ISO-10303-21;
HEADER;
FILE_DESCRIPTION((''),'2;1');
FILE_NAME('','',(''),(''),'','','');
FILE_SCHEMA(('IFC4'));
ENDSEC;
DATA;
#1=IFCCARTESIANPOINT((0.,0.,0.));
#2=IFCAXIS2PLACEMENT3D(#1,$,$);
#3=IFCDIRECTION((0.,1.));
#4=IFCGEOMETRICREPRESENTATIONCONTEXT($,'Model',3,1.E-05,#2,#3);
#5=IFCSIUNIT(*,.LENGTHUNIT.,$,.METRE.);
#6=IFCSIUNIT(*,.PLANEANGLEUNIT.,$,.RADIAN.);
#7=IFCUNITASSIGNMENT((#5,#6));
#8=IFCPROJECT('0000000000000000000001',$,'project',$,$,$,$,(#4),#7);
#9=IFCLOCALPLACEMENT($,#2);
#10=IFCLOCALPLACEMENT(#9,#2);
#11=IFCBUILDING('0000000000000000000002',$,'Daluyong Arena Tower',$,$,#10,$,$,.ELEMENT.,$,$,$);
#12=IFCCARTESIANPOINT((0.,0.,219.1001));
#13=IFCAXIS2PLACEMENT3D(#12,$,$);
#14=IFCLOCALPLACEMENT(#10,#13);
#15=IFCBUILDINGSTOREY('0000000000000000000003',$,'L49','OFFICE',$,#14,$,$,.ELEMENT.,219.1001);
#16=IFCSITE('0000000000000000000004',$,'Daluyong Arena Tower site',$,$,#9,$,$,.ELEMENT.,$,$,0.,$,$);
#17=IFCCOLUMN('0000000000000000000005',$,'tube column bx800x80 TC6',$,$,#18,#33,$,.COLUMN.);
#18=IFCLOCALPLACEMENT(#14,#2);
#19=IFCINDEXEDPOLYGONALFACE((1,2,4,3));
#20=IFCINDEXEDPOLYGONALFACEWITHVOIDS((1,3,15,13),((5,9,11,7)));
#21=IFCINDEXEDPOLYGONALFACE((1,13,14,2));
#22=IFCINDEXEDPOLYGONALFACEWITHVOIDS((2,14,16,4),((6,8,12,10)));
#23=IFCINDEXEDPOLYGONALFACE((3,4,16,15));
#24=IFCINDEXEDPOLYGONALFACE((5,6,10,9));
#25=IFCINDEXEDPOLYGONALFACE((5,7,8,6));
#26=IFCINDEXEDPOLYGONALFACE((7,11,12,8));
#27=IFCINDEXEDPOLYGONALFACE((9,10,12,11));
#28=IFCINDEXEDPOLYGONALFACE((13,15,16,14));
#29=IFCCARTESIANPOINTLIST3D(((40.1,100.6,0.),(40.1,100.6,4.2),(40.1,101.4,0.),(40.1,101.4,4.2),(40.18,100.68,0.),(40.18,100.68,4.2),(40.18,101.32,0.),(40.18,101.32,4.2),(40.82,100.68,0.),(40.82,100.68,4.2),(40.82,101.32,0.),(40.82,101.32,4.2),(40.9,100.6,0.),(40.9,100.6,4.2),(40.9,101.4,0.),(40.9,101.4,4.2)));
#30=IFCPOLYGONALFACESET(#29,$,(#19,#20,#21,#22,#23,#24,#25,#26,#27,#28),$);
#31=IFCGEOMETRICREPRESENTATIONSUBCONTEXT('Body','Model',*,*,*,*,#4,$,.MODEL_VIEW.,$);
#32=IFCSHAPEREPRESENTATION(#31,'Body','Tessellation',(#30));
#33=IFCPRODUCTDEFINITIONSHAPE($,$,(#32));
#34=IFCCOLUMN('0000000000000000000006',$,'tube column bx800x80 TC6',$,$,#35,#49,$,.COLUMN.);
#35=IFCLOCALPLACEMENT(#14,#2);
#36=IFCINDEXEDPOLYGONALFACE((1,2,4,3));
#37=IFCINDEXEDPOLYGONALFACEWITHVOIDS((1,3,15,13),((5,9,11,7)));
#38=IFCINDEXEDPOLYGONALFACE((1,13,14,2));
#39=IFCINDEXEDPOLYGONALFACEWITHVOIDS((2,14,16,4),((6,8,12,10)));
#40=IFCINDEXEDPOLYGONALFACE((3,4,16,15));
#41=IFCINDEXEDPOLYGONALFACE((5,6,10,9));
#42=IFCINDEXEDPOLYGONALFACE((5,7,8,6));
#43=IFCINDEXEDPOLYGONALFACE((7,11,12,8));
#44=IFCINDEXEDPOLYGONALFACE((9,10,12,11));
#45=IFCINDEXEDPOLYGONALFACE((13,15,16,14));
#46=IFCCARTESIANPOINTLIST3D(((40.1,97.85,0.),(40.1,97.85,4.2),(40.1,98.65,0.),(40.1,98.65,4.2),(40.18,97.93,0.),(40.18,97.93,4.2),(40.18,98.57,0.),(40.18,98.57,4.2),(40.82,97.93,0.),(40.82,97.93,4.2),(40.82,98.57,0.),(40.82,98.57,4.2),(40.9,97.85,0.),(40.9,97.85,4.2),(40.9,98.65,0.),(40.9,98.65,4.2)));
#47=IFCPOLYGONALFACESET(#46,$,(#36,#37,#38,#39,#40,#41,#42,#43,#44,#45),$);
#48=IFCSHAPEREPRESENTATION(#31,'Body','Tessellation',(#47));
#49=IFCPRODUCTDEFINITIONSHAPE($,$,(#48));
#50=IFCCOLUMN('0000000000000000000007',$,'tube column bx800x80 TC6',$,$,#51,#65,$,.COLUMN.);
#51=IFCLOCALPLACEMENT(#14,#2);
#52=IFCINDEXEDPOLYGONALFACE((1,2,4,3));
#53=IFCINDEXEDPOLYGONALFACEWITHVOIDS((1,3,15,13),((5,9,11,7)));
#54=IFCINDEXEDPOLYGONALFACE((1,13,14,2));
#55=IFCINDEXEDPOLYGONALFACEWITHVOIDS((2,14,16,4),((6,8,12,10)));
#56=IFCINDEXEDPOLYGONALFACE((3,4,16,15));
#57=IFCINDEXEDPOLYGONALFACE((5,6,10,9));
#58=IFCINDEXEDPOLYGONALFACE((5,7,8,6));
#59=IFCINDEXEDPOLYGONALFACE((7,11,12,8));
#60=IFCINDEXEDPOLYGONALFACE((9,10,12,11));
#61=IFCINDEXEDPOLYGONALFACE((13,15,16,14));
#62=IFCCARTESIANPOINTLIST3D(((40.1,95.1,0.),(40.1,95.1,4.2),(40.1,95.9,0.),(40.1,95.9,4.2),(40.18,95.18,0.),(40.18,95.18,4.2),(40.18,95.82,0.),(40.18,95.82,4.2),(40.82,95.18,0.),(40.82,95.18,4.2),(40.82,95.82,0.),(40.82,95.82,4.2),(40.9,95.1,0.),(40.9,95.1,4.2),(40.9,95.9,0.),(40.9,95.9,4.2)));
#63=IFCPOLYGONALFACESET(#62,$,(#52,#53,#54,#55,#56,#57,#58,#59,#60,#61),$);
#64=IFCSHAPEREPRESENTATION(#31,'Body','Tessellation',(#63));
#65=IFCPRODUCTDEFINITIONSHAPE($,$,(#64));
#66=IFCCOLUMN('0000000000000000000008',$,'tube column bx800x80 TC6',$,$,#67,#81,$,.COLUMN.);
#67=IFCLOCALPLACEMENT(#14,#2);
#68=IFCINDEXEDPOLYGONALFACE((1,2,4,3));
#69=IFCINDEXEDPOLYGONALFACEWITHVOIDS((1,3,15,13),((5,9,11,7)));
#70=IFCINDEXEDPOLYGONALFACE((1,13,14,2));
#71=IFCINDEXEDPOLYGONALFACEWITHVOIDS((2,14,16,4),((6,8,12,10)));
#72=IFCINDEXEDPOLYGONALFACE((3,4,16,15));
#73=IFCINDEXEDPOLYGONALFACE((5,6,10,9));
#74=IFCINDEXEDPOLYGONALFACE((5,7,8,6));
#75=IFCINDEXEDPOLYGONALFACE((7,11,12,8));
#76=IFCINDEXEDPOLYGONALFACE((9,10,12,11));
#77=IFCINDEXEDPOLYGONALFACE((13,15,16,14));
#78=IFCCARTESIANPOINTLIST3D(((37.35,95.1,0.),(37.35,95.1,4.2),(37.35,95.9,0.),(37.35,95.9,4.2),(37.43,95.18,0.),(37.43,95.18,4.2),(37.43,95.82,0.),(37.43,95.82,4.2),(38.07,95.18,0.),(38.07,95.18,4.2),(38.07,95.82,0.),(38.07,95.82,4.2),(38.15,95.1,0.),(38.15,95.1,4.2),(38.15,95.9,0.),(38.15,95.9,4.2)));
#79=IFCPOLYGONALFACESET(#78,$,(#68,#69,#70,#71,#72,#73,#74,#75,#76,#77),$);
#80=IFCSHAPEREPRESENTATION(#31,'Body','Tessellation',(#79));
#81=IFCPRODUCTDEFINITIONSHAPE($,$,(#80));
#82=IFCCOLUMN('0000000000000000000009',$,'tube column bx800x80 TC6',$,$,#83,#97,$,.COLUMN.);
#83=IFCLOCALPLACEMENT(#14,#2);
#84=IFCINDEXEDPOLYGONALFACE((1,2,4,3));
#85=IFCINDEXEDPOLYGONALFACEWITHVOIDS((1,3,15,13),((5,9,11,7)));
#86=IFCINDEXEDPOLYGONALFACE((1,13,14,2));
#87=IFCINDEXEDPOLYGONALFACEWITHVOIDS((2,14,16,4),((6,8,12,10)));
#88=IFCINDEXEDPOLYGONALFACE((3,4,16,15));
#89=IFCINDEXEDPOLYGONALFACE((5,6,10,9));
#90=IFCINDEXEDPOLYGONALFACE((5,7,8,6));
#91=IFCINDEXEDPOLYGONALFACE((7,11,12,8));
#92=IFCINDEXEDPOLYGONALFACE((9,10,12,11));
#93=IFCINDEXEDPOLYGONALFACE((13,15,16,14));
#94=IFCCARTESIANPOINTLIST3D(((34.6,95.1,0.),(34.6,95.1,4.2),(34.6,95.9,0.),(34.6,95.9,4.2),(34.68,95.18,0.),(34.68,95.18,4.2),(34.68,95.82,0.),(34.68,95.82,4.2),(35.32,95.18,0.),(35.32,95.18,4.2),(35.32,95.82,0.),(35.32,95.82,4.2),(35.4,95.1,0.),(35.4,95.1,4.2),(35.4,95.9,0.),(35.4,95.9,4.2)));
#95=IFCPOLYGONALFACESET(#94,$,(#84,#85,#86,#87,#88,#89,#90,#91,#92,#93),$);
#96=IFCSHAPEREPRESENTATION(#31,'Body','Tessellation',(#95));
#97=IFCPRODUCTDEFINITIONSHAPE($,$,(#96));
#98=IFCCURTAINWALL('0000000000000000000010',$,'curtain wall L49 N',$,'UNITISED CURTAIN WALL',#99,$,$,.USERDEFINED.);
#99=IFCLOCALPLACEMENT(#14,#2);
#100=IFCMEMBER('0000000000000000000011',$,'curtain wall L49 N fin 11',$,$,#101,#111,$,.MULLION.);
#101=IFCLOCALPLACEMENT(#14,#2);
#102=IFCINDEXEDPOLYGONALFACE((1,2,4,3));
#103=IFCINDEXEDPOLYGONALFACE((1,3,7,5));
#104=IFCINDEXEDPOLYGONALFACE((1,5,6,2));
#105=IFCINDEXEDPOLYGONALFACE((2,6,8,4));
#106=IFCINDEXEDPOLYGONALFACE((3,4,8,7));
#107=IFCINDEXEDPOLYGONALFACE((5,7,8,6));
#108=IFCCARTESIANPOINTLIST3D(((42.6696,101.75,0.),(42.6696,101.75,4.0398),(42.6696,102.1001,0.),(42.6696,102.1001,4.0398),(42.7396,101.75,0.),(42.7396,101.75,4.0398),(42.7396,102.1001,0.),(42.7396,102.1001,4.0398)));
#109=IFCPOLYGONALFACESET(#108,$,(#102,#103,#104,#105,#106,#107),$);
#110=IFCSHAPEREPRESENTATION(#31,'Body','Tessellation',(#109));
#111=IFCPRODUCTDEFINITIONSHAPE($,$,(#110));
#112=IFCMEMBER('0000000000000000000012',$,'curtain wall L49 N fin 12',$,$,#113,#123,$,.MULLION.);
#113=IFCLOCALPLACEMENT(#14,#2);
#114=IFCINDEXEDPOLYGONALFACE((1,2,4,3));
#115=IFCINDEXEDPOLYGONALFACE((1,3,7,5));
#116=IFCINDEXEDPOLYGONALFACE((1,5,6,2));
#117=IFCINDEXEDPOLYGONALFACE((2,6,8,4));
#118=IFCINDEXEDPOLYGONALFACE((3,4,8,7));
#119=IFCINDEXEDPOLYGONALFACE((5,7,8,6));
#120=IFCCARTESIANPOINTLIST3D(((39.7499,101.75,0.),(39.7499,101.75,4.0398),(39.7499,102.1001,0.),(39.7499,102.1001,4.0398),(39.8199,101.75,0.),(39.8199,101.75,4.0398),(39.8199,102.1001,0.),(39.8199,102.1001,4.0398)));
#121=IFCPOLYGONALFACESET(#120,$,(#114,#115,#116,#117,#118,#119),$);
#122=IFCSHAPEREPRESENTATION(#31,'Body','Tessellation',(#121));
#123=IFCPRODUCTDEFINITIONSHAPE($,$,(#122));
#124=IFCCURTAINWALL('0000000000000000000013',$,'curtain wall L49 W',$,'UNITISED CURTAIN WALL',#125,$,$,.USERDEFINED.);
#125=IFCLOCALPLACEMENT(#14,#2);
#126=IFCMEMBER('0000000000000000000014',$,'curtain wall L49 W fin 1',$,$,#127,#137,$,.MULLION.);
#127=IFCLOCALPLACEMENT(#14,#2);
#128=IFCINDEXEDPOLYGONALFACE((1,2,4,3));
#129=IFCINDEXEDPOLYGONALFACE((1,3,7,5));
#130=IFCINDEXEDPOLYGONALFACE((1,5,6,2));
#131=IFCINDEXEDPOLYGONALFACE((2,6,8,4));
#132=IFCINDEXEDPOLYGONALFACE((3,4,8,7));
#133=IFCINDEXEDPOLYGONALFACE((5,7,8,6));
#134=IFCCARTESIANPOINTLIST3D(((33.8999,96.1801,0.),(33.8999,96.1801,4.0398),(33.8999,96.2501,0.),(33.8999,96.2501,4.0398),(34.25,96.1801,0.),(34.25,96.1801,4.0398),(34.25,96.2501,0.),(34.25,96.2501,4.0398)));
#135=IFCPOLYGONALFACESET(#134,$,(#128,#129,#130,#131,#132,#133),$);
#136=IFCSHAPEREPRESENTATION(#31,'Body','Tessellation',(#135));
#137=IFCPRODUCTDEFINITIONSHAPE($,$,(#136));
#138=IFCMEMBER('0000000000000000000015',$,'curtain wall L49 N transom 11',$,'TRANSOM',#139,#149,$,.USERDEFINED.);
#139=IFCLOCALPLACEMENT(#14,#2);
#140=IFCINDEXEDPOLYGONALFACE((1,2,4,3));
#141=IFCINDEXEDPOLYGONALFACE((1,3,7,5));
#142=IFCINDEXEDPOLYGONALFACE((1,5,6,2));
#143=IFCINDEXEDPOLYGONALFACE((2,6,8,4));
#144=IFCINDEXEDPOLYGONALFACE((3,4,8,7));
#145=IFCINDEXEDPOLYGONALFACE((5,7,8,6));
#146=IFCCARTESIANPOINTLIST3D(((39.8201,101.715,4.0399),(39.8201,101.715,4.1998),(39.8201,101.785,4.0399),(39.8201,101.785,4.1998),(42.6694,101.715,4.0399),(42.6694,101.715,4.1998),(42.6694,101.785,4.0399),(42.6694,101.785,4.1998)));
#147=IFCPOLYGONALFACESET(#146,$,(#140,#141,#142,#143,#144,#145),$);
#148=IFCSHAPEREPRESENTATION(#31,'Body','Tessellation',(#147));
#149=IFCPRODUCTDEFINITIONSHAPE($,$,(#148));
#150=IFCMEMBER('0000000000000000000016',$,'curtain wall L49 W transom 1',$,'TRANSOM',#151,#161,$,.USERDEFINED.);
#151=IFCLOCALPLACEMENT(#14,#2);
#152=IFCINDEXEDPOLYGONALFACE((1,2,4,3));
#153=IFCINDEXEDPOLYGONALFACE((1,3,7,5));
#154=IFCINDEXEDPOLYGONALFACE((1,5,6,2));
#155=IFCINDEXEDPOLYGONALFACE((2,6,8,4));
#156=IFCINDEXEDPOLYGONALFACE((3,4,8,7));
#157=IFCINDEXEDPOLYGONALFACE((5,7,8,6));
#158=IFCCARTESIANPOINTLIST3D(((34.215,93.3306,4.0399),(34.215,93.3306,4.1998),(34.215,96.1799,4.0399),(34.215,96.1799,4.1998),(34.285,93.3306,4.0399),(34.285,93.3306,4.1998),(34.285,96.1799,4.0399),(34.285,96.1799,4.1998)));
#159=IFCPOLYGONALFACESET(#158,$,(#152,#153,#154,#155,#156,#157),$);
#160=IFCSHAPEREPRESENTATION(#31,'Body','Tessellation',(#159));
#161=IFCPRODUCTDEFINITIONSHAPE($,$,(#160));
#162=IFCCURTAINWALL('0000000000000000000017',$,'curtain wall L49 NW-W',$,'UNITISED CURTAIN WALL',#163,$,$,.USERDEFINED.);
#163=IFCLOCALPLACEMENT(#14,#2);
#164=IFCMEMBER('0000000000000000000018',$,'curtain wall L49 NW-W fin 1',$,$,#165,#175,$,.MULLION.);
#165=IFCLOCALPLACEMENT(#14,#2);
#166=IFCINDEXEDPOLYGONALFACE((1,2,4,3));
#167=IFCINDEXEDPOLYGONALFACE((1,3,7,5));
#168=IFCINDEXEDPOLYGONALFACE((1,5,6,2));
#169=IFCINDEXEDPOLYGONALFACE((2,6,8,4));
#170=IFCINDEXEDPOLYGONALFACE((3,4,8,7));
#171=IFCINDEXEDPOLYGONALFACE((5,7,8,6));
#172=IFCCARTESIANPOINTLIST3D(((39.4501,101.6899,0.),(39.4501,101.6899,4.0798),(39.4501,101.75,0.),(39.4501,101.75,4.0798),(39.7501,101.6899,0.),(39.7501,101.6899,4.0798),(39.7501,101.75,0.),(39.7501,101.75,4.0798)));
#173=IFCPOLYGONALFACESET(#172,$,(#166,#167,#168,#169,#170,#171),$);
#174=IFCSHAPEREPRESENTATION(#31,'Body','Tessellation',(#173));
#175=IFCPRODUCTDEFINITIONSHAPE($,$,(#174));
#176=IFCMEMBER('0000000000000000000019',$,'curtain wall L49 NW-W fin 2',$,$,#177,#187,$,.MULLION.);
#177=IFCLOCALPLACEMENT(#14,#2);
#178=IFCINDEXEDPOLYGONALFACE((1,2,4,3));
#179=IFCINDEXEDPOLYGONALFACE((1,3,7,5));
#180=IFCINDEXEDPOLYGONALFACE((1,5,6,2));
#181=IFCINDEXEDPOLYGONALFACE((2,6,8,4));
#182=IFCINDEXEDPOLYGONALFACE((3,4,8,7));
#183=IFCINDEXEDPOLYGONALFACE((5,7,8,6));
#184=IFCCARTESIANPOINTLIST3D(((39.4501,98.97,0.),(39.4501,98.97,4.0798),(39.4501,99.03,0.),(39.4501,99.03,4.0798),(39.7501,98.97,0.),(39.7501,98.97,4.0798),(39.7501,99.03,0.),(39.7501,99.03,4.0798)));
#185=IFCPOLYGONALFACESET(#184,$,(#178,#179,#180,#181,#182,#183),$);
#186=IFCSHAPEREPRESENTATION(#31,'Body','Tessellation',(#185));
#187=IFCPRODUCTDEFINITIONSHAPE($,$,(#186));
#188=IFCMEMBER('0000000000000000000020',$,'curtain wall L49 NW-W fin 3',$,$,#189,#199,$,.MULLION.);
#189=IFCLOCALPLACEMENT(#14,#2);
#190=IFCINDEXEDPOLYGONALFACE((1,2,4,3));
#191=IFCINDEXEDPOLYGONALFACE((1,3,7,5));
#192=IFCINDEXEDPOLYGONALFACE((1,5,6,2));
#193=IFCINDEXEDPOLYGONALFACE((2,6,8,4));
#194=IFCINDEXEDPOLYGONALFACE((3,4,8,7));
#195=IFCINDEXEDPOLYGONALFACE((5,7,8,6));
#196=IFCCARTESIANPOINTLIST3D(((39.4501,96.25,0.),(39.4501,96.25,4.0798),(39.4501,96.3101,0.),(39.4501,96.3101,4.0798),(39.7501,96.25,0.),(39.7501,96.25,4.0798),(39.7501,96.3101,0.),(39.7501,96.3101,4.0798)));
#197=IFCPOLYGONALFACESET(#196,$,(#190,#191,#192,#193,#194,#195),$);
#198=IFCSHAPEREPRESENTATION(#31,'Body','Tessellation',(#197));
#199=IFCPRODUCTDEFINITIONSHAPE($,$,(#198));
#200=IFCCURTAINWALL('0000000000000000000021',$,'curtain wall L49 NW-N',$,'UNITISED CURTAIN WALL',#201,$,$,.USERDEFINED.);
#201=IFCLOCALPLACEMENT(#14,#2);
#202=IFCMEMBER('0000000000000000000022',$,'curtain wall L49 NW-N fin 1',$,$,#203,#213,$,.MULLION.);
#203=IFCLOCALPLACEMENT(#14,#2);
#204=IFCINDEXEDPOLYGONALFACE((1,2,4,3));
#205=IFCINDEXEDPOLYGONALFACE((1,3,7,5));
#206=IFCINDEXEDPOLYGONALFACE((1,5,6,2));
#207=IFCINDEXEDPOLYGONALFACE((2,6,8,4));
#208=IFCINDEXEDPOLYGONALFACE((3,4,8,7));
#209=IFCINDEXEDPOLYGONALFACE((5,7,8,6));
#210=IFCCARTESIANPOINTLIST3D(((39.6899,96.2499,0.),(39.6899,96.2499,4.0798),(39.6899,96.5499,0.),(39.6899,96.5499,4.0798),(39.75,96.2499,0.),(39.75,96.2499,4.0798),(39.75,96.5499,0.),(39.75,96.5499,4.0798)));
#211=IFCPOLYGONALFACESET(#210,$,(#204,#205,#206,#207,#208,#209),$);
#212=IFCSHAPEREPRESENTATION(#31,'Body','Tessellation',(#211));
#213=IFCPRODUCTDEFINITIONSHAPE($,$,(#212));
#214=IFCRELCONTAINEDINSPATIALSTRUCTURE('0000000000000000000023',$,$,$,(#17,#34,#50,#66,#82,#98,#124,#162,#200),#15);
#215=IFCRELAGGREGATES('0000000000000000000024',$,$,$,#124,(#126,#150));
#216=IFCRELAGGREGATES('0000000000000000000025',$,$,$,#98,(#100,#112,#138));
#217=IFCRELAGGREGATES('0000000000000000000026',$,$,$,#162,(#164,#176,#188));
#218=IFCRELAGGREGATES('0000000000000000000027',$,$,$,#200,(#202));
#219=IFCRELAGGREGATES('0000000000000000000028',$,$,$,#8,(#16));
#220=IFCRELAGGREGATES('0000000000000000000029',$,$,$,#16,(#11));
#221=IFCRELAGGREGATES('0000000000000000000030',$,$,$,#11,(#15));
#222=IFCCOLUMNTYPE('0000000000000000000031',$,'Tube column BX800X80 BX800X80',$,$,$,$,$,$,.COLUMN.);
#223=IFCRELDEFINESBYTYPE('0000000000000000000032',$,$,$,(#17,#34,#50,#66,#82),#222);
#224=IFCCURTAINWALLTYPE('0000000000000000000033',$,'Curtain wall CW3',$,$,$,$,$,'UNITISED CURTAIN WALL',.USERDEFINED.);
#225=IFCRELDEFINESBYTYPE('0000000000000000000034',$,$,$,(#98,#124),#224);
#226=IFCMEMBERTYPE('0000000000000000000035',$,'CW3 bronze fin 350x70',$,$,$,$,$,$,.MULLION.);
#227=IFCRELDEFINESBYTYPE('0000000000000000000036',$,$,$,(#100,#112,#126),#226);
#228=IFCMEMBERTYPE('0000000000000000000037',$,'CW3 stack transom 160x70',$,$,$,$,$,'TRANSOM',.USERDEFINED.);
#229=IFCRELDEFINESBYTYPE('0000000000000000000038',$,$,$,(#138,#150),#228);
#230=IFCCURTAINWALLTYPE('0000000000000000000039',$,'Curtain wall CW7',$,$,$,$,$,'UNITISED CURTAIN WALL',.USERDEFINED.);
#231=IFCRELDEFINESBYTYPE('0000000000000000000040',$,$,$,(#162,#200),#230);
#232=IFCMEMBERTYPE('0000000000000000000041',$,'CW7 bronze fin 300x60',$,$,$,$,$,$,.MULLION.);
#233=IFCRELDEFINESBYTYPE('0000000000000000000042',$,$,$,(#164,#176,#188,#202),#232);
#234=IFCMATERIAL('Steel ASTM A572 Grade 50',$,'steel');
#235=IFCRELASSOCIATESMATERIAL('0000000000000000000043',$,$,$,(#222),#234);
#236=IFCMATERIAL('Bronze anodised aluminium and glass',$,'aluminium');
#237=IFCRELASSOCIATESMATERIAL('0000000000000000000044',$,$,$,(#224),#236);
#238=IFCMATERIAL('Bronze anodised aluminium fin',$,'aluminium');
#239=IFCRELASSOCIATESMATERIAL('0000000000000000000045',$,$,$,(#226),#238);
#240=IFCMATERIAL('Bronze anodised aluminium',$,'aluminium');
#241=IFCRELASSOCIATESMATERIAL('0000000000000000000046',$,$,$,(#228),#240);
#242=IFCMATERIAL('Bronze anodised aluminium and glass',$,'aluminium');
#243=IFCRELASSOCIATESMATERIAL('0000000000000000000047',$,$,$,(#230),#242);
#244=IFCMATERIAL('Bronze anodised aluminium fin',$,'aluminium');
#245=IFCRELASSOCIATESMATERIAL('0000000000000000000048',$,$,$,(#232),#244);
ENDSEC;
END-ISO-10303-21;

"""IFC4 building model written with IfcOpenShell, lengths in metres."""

from ifc_helpers import new_model, si_unit, direction, frame, origin, origin_2d, place, context, subcontext, project, spatial, rectangle, hollow_rectangle, extrude, material, material_profile, profile_set, type_object, element, aggregate, save


model = new_model("IFC4")

# Units and contexts
model_context = context("Model", 3, precision=1e-05, world=origin(), true_north=direction((0.0, 1.0)))
body_context = subcontext(model_context, "Body", "Model", "MODEL_VIEW")
ifc_project = project(units=[si_unit("LENGTHUNIT", "METRE"), si_unit("PLANEANGLEUNIT", "RADIAN")], contexts=[model_context])

# Site, building, storey
site_placement = place(None, origin())
site = spatial("IfcSite", under=ifc_project, at=site_placement, Name="Daluyong Arena Tower site", CompositionType="ELEMENT", RefElevation=0.0)
building_placement = place(site_placement, origin())
building = spatial("IfcBuilding", under=site, at=building_placement, Name="Daluyong Arena Tower", CompositionType="ELEMENT")
storey_placement = place(building_placement, frame((0.0, 0.0, 219.1001)))
storey = spatial("IfcBuildingStorey", under=building, at=storey_placement, Name="L49", Description="OFFICE", CompositionType="ELEMENT", Elevation=219.1001)

# Columns
ifc_material_1 = material(Name="Steel ASTM A572 Grade 50", Category="steel")
ifc_material_profile_1 = material_profile(ifc_material_1, hollow_rectangle(XDim=0.8, YDim=0.8, WallThickness=0.08, at=origin_2d()))
ifc_profile_set_1 = profile_set([ifc_material_profile_1], Name="Steel ASTM A572 Grade 50")
column_type = type_object("IfcColumnType", Name="Tube column BX800X80 BX800X80", PredefinedType="COLUMN", material=ifc_profile_set_1)
for number, where, z_axis, x_axis, name in (
    (1, (40.5, 101.0, 0.0), (0.0, 0.0, 1.0), (0.0, 1.0, 0.0), "tube column bx800x80 TC6"),
    (2, (40.5, 98.25, 0.0), (0.0, 0.0, 1.0), (0.0, 1.0, 0.0), "tube column bx800x80 TC6"),
    (3, (40.5, 95.5, 0.0), (0.0, 0.0, 1.0), (1.0, 0.0, 0.0), "tube column bx800x80 TC6"),
    (4, (37.75, 95.5, 0.0), (0.0, 0.0, 1.0), (1.0, 0.0, 0.0), "tube column bx800x80 TC6"),
    (5, (35.0, 95.5, 0.0), (0.0, 0.0, 1.0), (0.0, 1.0, 0.0), "tube column bx800x80 TC6"),
):
    element("IfcColumn", number, at=place(storey_placement, frame(where, z_axis=z_axis, x_axis=x_axis)), inside=storey, type_object=column_type, Name=name, PredefinedType="COLUMN", context=body_context, shape_type="SweptSolid", body=[
        extrude(hollow_rectangle(XDim=0.8, YDim=0.8, WallThickness=0.08, at=origin_2d()), origin(), (0.0, 0.0, 1.0), 4.2),
    ])

# Curtain wall, members
ifc_material_2 = material(Name="Bronze anodised aluminium and glass", Category="aluminium")
curtain_wall_type_1 = type_object("IfcCurtainWallType", Name="Curtain wall CW3", ElementType="UNITISED CURTAIN WALL", PredefinedType="USERDEFINED", material=ifc_material_2)
curtain_wall_1_placement = place(storey_placement, origin())
curtain_wall_1 = element("IfcCurtainWall", 6, at=curtain_wall_1_placement, inside=storey, type_object=curtain_wall_type_1, Name="curtain wall L49 N", ObjectType="UNITISED CURTAIN WALL", PredefinedType="USERDEFINED")
ifc_material_3 = material(Name="Bronze anodised aluminium fin", Category="aluminium")
ifc_material_profile_2 = material_profile(ifc_material_3, rectangle(XDim=0.3501, YDim=0.0701, at=origin_2d()))
ifc_profile_set_2 = profile_set([ifc_material_profile_2], Name="Bronze anodised aluminium fin")
member_type_1 = type_object("IfcMemberType", Name="CW3 bronze fin 350x70", PredefinedType="MULLION", material=ifc_profile_set_2)
member_1_placement = place(storey_placement, frame((42.7046, 101.925, 0.0), z_axis=(0.0, 0.0, 1.0), x_axis=(0.0, -1.0, 0.0)))
member_1 = element("IfcMember", 7, at=member_1_placement, type_object=member_type_1, Name="curtain wall L49 N fin 11", PredefinedType="MULLION", context=body_context, shape_type="SweptSolid", body=[
    extrude(rectangle(XDim=0.3501, YDim=0.0701, at=origin_2d()), origin(), (0.0, 0.0, 1.0), 4.0398),
])
member_2_placement = place(storey_placement, frame((39.7849, 101.925, 0.0), z_axis=(0.0, 0.0, 1.0), x_axis=(0.0, -1.0, 0.0)))
member_2 = element("IfcMember", 8, at=member_2_placement, type_object=member_type_1, Name="curtain wall L49 N fin 12", PredefinedType="MULLION", context=body_context, shape_type="SweptSolid", body=[
    extrude(rectangle(XDim=0.3501, YDim=0.0701, at=origin_2d()), origin(), (0.0, 0.0, 1.0), 4.0398),
])

# Curtain wall, member
curtain_wall_2_placement = place(storey_placement, origin())
curtain_wall_2 = element("IfcCurtainWall", 9, at=curtain_wall_2_placement, inside=storey, type_object=curtain_wall_type_1, Name="curtain wall L49 W", ObjectType="UNITISED CURTAIN WALL", PredefinedType="USERDEFINED")
member_3_placement = place(storey_placement, frame((34.075, 96.2151, 0.0), z_axis=(0.0, 0.0, 1.0), x_axis=(1.0, 0.0, 0.0)))
member_3 = element("IfcMember", 10, at=member_3_placement, type_object=member_type_1, Name="curtain wall L49 W fin 1", PredefinedType="MULLION", context=body_context, shape_type="SweptSolid", body=[
    extrude(rectangle(XDim=0.3501, YDim=0.0701, at=origin_2d()), origin(), (0.0, 0.0, 1.0), 4.0398),
])

# Members
ifc_material_4 = material(Name="Bronze anodised aluminium", Category="aluminium")
ifc_material_profile_3 = material_profile(ifc_material_4, rectangle(XDim=0.0701, YDim=0.1599, at=origin_2d()))
ifc_profile_set_3 = profile_set([ifc_material_profile_3], Name="Bronze anodised aluminium")
member_type_2 = type_object("IfcMemberType", Name="CW3 stack transom 160x70", ElementType="TRANSOM", PredefinedType="USERDEFINED", material=ifc_profile_set_3)
member_4_placement = place(storey_placement, frame((42.6694, 101.75, 4.1199), z_axis=(-1.0, 0.0, 0.0), x_axis=(0.0, -1.0, 0.0)))
member_4 = element("IfcMember", 11, at=member_4_placement, type_object=member_type_2, Name="curtain wall L49 N transom 11", ObjectType="TRANSOM", PredefinedType="USERDEFINED", context=body_context, shape_type="SweptSolid", body=[
    extrude(rectangle(XDim=0.0701, YDim=0.1599, at=origin_2d()), origin(), (0.0, 0.0, 1.0), 2.8494),
])
member_5_placement = place(storey_placement, frame((34.25, 96.1799, 4.1199), z_axis=(0.0, -1.0, 0.0), x_axis=(1.0, 0.0, 0.0)))
member_5 = element("IfcMember", 12, at=member_5_placement, type_object=member_type_2, Name="curtain wall L49 W transom 1", ObjectType="TRANSOM", PredefinedType="USERDEFINED", context=body_context, shape_type="SweptSolid", body=[
    extrude(rectangle(XDim=0.0701, YDim=0.1599, at=origin_2d()), origin(), (0.0, 0.0, 1.0), 2.8494),
])
aggregate(curtain_wall_2, [member_3, member_5])

# Curtain walls, members
ifc_material_5 = material(Name="Bronze anodised aluminium and glass", Category="aluminium")
curtain_wall_type_2 = type_object("IfcCurtainWallType", Name="Curtain wall CW7", ElementType="UNITISED CURTAIN WALL", PredefinedType="USERDEFINED", material=ifc_material_5)
curtain_wall_3_placement = place(storey_placement, origin())
curtain_wall_3 = element("IfcCurtainWall", 13, at=curtain_wall_3_placement, inside=storey, type_object=curtain_wall_type_2, Name="curtain wall L49 NW-W", ObjectType="UNITISED CURTAIN WALL", PredefinedType="USERDEFINED")
ifc_material_6 = material(Name="Bronze anodised aluminium fin", Category="aluminium")
ifc_material_profile_4 = material_profile(ifc_material_6, rectangle(XDim=0.3, YDim=0.0601, at=origin_2d()))
ifc_profile_set_4 = profile_set([ifc_material_profile_4], Name="Bronze anodised aluminium fin")
member_type_3 = type_object("IfcMemberType", Name="CW7 bronze fin 300x60", PredefinedType="MULLION", material=ifc_profile_set_4)
member_6_placement = place(storey_placement, frame((39.6001, 101.72, 0.0), z_axis=(0.0, 0.0, 1.0), x_axis=(1.0, 0.0, 0.0)))
member_6 = element("IfcMember", 14, at=member_6_placement, type_object=member_type_3, Name="curtain wall L49 NW-W fin 1", PredefinedType="MULLION", context=body_context, shape_type="SweptSolid", body=[
    extrude(rectangle(XDim=0.3, YDim=0.0601, at=origin_2d()), origin(), (0.0, 0.0, 1.0), 4.0798),
])
member_7_placement = place(storey_placement, frame((39.6001, 99.0, 0.0), z_axis=(0.0, 0.0, 1.0), x_axis=(1.0, 0.0, 0.0)))
member_7 = element("IfcMember", 15, at=member_7_placement, type_object=member_type_3, Name="curtain wall L49 NW-W fin 2", PredefinedType="MULLION", context=body_context, shape_type="SweptSolid", body=[
    extrude(rectangle(XDim=0.3, YDim=0.0601, at=origin_2d()), origin(), (0.0, 0.0, 1.0), 4.0798),
])
member_8_placement = place(storey_placement, frame((39.6001, 96.28, 0.0), z_axis=(0.0, 0.0, 1.0), x_axis=(1.0, 0.0, 0.0)))
member_8 = element("IfcMember", 16, at=member_8_placement, type_object=member_type_3, Name="curtain wall L49 NW-W fin 3", PredefinedType="MULLION", context=body_context, shape_type="SweptSolid", body=[
    extrude(rectangle(XDim=0.3, YDim=0.0601, at=origin_2d()), origin(), (0.0, 0.0, 1.0), 4.0798),
])
curtain_wall_4_placement = place(storey_placement, origin())
curtain_wall_4 = element("IfcCurtainWall", 17, at=curtain_wall_4_placement, inside=storey, type_object=curtain_wall_type_2, Name="curtain wall L49 NW-N", ObjectType="UNITISED CURTAIN WALL", PredefinedType="USERDEFINED")
member_9_placement = place(storey_placement, frame((39.72, 96.3999, 0.0), z_axis=(0.0, 0.0, 1.0), x_axis=(0.0, -1.0, 0.0)))
member_9 = element("IfcMember", 18, at=member_9_placement, type_object=member_type_3, Name="curtain wall L49 NW-N fin 1", PredefinedType="MULLION", context=body_context, shape_type="SweptSolid", body=[
    extrude(rectangle(XDim=0.3, YDim=0.0601, at=origin_2d()), origin(), (0.0, 0.0, 1.0), 4.0798),
])

aggregate(curtain_wall_1, [member_1, member_2, member_4])
aggregate(curtain_wall_3, [member_6, member_7, member_8])
aggregate(curtain_wall_4, [member_9])

save(model, "model.ifc")
